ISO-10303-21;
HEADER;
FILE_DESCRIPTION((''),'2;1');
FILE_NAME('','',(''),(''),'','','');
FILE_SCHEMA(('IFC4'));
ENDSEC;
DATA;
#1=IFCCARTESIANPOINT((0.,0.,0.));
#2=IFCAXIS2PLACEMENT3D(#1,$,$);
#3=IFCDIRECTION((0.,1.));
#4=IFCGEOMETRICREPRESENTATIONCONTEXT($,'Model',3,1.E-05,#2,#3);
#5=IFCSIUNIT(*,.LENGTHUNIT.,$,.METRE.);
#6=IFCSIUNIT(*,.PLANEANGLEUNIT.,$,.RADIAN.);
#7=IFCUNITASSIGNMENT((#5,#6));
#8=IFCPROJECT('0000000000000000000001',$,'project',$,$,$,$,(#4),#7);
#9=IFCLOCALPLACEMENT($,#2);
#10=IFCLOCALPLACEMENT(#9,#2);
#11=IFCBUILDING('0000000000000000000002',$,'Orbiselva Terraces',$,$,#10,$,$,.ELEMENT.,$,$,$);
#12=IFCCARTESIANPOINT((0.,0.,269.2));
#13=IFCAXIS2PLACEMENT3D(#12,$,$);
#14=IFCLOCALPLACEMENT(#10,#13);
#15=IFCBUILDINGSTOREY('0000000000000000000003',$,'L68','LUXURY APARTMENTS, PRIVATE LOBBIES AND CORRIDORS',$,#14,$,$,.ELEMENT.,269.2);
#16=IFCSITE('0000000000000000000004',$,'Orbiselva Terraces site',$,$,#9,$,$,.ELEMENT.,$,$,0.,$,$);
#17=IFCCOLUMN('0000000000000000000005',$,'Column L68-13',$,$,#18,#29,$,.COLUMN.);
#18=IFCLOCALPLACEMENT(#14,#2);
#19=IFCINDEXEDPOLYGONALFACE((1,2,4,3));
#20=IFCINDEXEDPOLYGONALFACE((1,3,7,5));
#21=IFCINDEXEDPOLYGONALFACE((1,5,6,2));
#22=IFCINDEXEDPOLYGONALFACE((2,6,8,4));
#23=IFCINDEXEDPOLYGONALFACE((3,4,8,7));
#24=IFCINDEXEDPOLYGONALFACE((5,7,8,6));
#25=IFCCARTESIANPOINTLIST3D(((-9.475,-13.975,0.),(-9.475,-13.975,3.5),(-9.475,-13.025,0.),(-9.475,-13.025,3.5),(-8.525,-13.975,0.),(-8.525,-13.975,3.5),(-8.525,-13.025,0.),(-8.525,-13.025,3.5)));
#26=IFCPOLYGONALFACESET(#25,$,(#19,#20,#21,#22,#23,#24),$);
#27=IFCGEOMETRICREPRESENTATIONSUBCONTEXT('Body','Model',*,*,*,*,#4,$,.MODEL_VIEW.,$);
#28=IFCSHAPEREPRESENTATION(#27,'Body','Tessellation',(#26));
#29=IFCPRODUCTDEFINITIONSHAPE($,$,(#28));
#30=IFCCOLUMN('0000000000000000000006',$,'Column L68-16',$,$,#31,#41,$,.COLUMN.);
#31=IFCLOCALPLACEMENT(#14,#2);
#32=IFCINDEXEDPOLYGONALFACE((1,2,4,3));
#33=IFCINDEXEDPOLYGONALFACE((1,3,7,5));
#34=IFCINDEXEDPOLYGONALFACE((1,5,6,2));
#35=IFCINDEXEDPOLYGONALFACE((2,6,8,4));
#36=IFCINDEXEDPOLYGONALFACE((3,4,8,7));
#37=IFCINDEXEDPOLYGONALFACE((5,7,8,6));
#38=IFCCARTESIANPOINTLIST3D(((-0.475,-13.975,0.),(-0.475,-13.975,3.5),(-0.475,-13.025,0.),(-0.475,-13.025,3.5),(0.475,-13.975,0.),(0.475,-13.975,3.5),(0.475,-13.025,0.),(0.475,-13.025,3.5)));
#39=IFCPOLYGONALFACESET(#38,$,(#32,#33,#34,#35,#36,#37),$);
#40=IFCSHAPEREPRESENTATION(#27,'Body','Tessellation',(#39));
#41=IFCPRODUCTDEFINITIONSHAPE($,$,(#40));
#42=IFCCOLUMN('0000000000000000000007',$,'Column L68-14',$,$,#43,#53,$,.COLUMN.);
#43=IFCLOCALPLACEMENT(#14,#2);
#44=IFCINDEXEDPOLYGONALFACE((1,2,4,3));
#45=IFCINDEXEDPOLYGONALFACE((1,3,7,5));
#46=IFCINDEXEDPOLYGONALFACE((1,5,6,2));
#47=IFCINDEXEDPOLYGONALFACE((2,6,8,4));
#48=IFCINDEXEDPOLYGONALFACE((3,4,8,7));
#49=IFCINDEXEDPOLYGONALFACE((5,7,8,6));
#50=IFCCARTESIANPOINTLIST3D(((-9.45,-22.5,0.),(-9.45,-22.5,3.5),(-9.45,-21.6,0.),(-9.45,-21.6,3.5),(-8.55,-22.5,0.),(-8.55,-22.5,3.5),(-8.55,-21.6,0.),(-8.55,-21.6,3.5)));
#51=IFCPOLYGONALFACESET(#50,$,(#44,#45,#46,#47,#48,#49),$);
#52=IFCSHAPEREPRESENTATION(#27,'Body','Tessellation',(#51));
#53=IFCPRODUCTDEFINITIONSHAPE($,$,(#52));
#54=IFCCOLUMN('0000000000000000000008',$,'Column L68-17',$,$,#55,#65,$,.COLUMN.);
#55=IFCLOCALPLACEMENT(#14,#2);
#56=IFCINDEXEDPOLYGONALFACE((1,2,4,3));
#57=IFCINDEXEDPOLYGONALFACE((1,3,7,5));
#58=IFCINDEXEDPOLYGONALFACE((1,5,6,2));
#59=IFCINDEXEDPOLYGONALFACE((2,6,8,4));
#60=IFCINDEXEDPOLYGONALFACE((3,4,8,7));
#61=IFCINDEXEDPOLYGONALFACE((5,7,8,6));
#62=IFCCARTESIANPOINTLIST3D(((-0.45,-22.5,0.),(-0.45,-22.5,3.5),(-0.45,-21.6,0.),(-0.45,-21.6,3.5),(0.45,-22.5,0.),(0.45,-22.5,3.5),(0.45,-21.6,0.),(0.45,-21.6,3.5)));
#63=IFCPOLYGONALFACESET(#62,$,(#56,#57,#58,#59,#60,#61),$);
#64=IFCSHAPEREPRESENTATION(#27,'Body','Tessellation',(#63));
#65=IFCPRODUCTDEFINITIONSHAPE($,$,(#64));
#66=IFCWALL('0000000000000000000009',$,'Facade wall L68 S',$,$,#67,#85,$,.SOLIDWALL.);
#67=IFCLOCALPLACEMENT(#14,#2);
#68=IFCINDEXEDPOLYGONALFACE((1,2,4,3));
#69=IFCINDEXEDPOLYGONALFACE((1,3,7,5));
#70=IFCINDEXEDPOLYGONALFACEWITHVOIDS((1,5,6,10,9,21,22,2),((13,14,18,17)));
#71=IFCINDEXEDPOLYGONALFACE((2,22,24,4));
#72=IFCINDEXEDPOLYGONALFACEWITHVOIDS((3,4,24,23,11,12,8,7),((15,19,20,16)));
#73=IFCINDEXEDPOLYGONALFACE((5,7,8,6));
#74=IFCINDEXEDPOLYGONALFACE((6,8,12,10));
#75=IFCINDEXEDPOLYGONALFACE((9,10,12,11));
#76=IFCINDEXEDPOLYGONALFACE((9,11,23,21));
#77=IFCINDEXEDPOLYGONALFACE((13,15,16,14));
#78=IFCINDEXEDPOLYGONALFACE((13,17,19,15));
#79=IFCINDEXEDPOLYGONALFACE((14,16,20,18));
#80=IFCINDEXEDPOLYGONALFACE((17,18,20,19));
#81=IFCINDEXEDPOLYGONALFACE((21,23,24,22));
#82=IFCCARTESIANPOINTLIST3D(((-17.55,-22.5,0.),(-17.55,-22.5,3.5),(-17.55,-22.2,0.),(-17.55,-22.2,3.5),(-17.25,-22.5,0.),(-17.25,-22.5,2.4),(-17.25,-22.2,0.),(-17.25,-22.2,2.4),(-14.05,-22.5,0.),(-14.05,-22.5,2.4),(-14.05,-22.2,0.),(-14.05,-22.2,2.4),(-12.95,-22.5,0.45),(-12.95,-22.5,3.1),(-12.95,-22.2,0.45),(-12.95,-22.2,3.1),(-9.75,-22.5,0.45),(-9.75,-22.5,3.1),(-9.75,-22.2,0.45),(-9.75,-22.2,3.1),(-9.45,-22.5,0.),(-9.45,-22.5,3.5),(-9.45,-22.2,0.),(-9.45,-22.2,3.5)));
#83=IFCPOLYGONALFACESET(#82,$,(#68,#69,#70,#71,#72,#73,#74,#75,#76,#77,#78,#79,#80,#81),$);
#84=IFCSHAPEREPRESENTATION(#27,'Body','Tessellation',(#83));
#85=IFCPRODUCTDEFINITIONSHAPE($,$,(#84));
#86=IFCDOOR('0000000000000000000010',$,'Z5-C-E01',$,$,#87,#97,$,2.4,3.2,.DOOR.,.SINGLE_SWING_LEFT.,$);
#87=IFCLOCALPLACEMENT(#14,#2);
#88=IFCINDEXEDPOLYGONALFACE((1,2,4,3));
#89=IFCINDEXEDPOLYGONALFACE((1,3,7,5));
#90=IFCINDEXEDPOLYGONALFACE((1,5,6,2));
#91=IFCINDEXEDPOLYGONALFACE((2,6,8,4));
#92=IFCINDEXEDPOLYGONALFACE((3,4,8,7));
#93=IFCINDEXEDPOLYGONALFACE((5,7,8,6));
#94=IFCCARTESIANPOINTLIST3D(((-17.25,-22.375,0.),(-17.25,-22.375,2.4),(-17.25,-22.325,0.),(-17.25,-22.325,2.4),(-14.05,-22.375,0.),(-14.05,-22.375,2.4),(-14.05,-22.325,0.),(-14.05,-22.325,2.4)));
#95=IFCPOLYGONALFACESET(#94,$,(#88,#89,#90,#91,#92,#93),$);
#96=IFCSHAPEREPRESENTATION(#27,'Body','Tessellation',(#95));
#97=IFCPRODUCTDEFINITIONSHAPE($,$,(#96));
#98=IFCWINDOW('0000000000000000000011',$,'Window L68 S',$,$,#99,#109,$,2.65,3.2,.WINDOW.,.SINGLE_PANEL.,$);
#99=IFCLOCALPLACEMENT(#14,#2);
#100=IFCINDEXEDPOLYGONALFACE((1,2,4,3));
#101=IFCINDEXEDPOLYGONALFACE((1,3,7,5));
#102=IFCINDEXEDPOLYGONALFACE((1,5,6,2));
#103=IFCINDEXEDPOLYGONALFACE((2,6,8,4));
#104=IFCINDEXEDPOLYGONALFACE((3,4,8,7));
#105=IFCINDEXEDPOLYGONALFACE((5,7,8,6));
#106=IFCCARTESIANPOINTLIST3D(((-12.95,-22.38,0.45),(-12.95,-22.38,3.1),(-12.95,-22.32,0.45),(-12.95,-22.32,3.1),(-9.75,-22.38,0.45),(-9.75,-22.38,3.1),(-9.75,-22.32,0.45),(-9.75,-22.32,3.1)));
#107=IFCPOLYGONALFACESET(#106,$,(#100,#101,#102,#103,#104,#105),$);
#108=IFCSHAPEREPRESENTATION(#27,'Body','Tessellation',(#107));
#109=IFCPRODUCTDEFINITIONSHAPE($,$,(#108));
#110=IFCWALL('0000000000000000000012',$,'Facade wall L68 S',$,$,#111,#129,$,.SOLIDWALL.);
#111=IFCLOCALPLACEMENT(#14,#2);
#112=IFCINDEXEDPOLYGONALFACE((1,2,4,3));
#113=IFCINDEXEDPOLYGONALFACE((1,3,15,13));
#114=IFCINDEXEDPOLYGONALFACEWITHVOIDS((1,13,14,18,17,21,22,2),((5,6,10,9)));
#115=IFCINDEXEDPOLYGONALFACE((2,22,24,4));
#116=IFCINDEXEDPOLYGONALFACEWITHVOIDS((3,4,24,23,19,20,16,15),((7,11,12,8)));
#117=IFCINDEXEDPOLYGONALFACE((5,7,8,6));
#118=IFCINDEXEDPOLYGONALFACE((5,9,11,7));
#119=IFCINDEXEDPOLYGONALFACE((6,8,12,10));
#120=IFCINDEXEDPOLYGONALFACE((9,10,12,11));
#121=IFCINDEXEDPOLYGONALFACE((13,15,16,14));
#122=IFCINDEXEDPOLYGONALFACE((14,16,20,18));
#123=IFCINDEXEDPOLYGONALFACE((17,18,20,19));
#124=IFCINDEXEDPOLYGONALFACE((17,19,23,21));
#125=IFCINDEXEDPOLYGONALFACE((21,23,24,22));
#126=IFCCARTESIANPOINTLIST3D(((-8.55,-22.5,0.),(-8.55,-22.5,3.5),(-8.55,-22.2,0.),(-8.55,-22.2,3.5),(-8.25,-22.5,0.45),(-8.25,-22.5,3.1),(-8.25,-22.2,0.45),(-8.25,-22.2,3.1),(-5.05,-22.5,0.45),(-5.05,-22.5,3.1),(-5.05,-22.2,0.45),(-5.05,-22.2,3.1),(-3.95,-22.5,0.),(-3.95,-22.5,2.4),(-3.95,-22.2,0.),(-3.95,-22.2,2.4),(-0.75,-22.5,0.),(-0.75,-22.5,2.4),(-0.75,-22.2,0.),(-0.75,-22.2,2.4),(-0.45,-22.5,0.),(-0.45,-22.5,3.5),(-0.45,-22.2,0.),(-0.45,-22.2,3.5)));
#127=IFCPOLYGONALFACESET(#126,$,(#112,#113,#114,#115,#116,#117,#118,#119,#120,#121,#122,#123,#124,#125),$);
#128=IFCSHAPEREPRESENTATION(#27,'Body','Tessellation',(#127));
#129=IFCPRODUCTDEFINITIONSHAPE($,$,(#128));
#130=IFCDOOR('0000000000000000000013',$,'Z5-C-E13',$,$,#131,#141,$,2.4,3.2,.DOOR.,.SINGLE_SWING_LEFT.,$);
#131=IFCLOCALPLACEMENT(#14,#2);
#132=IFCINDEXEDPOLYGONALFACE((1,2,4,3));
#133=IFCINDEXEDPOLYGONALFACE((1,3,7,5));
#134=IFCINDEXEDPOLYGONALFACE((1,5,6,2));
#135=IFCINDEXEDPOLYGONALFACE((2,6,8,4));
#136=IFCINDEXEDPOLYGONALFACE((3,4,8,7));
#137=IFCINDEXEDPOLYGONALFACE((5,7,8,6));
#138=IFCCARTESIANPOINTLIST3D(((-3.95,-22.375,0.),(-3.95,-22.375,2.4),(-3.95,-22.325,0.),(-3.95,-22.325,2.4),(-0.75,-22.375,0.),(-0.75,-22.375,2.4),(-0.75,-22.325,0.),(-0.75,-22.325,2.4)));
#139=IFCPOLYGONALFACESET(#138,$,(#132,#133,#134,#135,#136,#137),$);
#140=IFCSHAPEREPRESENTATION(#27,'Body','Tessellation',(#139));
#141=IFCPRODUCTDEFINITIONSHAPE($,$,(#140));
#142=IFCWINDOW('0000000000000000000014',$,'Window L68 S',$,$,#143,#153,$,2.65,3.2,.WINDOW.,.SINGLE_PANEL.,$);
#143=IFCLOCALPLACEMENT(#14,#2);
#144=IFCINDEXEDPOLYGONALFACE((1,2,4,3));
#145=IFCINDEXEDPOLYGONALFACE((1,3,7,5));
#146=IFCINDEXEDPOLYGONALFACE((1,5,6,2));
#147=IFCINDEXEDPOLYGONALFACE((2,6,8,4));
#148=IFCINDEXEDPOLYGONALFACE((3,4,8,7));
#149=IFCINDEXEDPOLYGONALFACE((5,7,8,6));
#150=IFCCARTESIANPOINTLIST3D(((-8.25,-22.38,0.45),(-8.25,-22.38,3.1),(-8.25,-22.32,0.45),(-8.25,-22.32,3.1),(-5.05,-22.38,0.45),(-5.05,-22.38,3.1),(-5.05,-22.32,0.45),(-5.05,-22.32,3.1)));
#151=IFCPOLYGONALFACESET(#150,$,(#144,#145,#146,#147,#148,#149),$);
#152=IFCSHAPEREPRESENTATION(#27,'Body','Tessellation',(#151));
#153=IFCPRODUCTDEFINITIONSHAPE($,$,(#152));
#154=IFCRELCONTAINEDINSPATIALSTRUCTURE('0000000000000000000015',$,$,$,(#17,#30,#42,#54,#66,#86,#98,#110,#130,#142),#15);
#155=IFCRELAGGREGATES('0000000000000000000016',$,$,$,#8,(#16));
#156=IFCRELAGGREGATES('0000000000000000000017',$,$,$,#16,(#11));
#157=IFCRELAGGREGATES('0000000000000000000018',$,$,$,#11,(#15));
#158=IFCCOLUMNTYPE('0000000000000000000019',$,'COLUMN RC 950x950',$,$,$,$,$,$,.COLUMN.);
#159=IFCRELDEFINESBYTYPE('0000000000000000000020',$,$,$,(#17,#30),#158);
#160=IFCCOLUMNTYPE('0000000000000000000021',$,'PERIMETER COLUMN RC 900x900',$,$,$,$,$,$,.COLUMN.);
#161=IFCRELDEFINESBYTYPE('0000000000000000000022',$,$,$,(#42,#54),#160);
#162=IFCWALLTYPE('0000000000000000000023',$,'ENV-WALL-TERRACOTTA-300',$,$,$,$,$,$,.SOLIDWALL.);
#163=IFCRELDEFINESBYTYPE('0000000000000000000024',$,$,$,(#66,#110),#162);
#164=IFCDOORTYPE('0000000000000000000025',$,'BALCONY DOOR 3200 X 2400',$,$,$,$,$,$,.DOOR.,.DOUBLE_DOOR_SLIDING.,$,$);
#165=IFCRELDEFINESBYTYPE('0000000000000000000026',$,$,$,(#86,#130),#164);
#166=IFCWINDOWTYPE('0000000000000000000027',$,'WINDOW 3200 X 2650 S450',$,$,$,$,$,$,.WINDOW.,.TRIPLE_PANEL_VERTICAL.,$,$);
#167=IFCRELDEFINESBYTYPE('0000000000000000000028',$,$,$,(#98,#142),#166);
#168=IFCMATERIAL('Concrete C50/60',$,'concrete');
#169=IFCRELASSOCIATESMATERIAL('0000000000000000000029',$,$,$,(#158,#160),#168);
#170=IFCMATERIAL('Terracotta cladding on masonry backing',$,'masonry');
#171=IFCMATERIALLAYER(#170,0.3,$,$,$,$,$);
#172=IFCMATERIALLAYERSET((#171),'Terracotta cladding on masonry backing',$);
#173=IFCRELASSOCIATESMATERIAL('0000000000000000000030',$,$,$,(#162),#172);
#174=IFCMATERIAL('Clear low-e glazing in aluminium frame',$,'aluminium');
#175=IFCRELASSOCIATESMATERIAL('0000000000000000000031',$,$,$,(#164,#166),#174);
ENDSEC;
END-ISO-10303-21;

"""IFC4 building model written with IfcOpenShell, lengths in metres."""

from ifc_helpers import new_model, si_unit, direction, frame, frame_2d, origin, origin_2d, place, context, subcontext, project, spatial, rectangle, extrude, material, layer, layer_set, material_profile, profile_set, type_object, element, fill, save


model = new_model("IFC4")

# Units and contexts
model_context = context("Model", 3, precision=1e-05, world=origin(), true_north=direction((0.0, 1.0)))
body_context = subcontext(model_context, "Body", "Model", "MODEL_VIEW")
ifc_project = project(units=[si_unit("LENGTHUNIT", "METRE"), si_unit("PLANEANGLEUNIT", "RADIAN")], contexts=[model_context])

# Site, building, storey
site_placement = place(None, origin())
site = spatial("IfcSite", under=ifc_project, at=site_placement, Name="Orbiselva Terraces site", CompositionType="ELEMENT", RefElevation=0.0)
building_placement = place(site_placement, origin())
building = spatial("IfcBuilding", under=site, at=building_placement, Name="Orbiselva Terraces", CompositionType="ELEMENT")
storey_placement = place(building_placement, frame((0.0, 0.0, 269.2)))
storey = spatial("IfcBuildingStorey", under=building, at=storey_placement, Name="L68", Description="LUXURY APARTMENTS, PRIVATE LOBBIES AND CORRIDORS", CompositionType="ELEMENT", Elevation=269.2)

# Columns
ifc_material_1 = material(Name="Concrete C50/60", Category="concrete")
ifc_material_profile_1 = material_profile(ifc_material_1, rectangle(XDim=0.95, YDim=0.95, at=origin_2d()), Name="RC 950x950")
ifc_profile_set_1 = profile_set([ifc_material_profile_1], Name="Concrete C50/60")
column_type_1 = type_object("IfcColumnType", Name="COLUMN RC 950x950", PredefinedType="COLUMN", material=ifc_profile_set_1)
for number, where, z_axis, x_axis, name in (
    (1, (-9.0, -13.5, 0.0), (0.0, 0.0, 1.0), (1.0, 0.0, 0.0), "Column L68-13"),
    (2, (0.0, -13.5, 0.0), (0.0, 0.0, 1.0), (1.0, 0.0, 0.0), "Column L68-16"),
):
    element("IfcColumn", number, at=place(storey_placement, frame(where, z_axis=z_axis, x_axis=x_axis)), inside=storey, type_object=column_type_1, Name=name, PredefinedType="COLUMN", context=body_context, shape_type="SweptSolid", body=[
        extrude(rectangle(XDim=0.95, YDim=0.95, at=origin_2d()), origin(), (0.0, 0.0, 1.0), 3.5),
    ])
ifc_material_profile_2 = material_profile(ifc_material_1, rectangle(XDim=0.9, YDim=0.9, at=origin_2d()), Name="RC 900x900")
ifc_profile_set_2 = profile_set([ifc_material_profile_2], Name="Concrete C50/60")
column_type_2 = type_object("IfcColumnType", Name="PERIMETER COLUMN RC 900x900", PredefinedType="COLUMN", material=ifc_profile_set_2)
for number, where, z_axis, x_axis, name in (
    (3, (-9.0, -22.05, 0.0), (0.0, 0.0, 1.0), (1.0, 0.0, 0.0), "Column L68-14"),
    (4, (0.0, -22.05, 0.0), (0.0, 0.0, 1.0), (1.0, 0.0, 0.0), "Column L68-17"),
):
    element("IfcColumn", number, at=place(storey_placement, frame(where, z_axis=z_axis, x_axis=x_axis)), inside=storey, type_object=column_type_2, Name=name, PredefinedType="COLUMN", context=body_context, shape_type="SweptSolid", body=[
        extrude(rectangle(XDim=0.9, YDim=0.9, at=origin_2d()), origin(), (0.0, 0.0, 1.0), 3.5),
    ])

# Walls, openings, doors, windows
ifc_material_2 = material(Name="Terracotta cladding on masonry backing", Category="masonry")
ifc_layer_1 = layer(ifc_material_2, 0.3)
ifc_layer_set_1 = layer_set([ifc_layer_1], Name="Terracotta cladding on masonry backing")
wall_type_1 = type_object("IfcWallType", Name="ENV-WALL-TERRACOTTA-300", PredefinedType="SOLIDWALL", material=ifc_layer_set_1)
wall_1_placement = place(storey_placement, frame((-9.45, -22.35, 0.0), z_axis=(0.0, 0.0, 1.0), x_axis=(-1.0, 0.0, 0.0)))
wall_1 = element("IfcWall", 5, at=wall_1_placement, inside=storey, type_object=wall_type_1, Name="Facade wall L68 S", PredefinedType="SOLIDWALL", context=body_context, shape_type="SweptSolid", body=[
    extrude(rectangle(XDim=8.1, YDim=0.3, at=frame_2d((4.05, 0.0))), origin(), (0.0, 0.0, 1.0), 3.5),
])
opening_1_placement = place(wall_1_placement, frame((4.6, 0.0, 0.0)))
opening_1 = element("IfcOpeningElement", 6, at=opening_1_placement, cuts=wall_1, PredefinedType="OPENING", context=body_context, shape_type="SweptSolid", body=[
    extrude(rectangle(XDim=3.2, YDim=2.4, at=frame_2d((1.6, 1.2))), frame((0.0, 0.16, 0.0), z_axis=(0.0, -1.0, 0.0), x_axis=(1.0, 0.0, 0.0)), (0.0, 0.0, 1.0), 0.32),
])
opening_2_placement = place(wall_1_placement, frame((0.3, 0.0, 0.45)))
opening_2 = element("IfcOpeningElement", 7, at=opening_2_placement, cuts=wall_1, PredefinedType="OPENING", context=body_context, shape_type="SweptSolid", body=[
    extrude(rectangle(XDim=3.2, YDim=2.65, at=frame_2d((1.6, 1.325))), frame((0.0, 0.16, 0.0), z_axis=(0.0, -1.0, 0.0), x_axis=(1.0, 0.0, 0.0)), (0.0, 0.0, 1.0), 0.32),
])
ifc_material_3 = material(Name="Clear low-e glazing in aluminium frame", Category="aluminium")
door_type_1 = type_object("IfcDoorType", Name="BALCONY DOOR 3200 X 2400", OperationType="DOUBLE_DOOR_SLIDING", PredefinedType="DOOR", material=ifc_material_3)
door_1_placement = place(opening_1_placement, origin())
door_1 = element("IfcDoor", 8, at=door_1_placement, inside=storey, type_object=door_type_1, Name="Z5-C-E01", OperationType="SINGLE_SWING_LEFT", OverallHeight=2.4, OverallWidth=3.2, PredefinedType="DOOR", context=body_context, shape_type="SweptSolid", body=[
    extrude(rectangle(XDim=3.2, YDim=2.4, at=frame_2d((1.6, 1.2))), frame((0.0, 0.025, 0.0), z_axis=(0.0, -1.0, 0.0), x_axis=(1.0, 0.0, 0.0)), (0.0, 0.0, 1.0), 0.05),
])
fill(opening_1, door_1)
window_type = type_object("IfcWindowType", Name="WINDOW 3200 X 2650 S450", PartitioningType="TRIPLE_PANEL_VERTICAL", PredefinedType="WINDOW", material=ifc_material_3)
window_1_placement = place(opening_2_placement, origin())
window_1 = element("IfcWindow", 9, at=window_1_placement, inside=storey, type_object=window_type, Name="Window L68 S", OverallHeight=2.65, OverallWidth=3.2, PartitioningType="SINGLE_PANEL", PredefinedType="WINDOW", context=body_context, shape_type="SweptSolid", body=[
    extrude(rectangle(XDim=3.2, YDim=2.65, at=frame_2d((1.6, 1.325))), frame((0.0, 0.03, 0.0), z_axis=(0.0, -1.0, 0.0), x_axis=(1.0, 0.0, 0.0)), (0.0, 0.0, 1.0), 0.06),
])
fill(opening_2, window_1)
wall_2_placement = place(storey_placement, frame((-0.45, -22.35, 0.0), z_axis=(0.0, 0.0, 1.0), x_axis=(-1.0, 0.0, 0.0)))
wall_2 = element("IfcWall", 10, at=wall_2_placement, inside=storey, type_object=wall_type_1, Name="Facade wall L68 S", PredefinedType="SOLIDWALL", context=body_context, shape_type="SweptSolid", body=[
    extrude(rectangle(XDim=8.1, YDim=0.3, at=frame_2d((4.05, 0.0))), origin(), (0.0, 0.0, 1.0), 3.5),
])
opening_3_placement = place(wall_2_placement, frame((4.6, 0.0, 0.45)))
opening_3 = element("IfcOpeningElement", 11, at=opening_3_placement, cuts=wall_2, PredefinedType="OPENING", context=body_context, shape_type="SweptSolid", body=[
    extrude(rectangle(XDim=3.2, YDim=2.65, at=frame_2d((1.6, 1.325))), frame((0.0, 0.16, 0.0), z_axis=(0.0, -1.0, 0.0), x_axis=(1.0, 0.0, 0.0)), (0.0, 0.0, 1.0), 0.32),
])
opening_4_placement = place(wall_2_placement, frame((0.3, 0.0, 0.0)))
opening_4 = element("IfcOpeningElement", 12, at=opening_4_placement, cuts=wall_2, PredefinedType="OPENING", context=body_context, shape_type="SweptSolid", body=[
    extrude(rectangle(XDim=3.2, YDim=2.4, at=frame_2d((1.6, 1.2))), frame((0.0, 0.16, 0.0), z_axis=(0.0, -1.0, 0.0), x_axis=(1.0, 0.0, 0.0)), (0.0, 0.0, 1.0), 0.32),
])
door_2_placement = place(opening_4_placement, origin())
door_2 = element("IfcDoor", 13, at=door_2_placement, inside=storey, type_object=door_type_1, Name="Z5-C-E13", OperationType="SINGLE_SWING_LEFT", OverallHeight=2.4, OverallWidth=3.2, PredefinedType="DOOR", context=body_context, shape_type="SweptSolid", body=[
    extrude(rectangle(XDim=3.2, YDim=2.4, at=frame_2d((1.6, 1.2))), frame((0.0, 0.025, 0.0), z_axis=(0.0, -1.0, 0.0), x_axis=(1.0, 0.0, 0.0)), (0.0, 0.0, 1.0), 0.05),
])
fill(opening_4, door_2)
window_2_placement = place(opening_3_placement, origin())
window_2 = element("IfcWindow", 14, at=window_2_placement, inside=storey, type_object=window_type, Name="Window L68 S", OverallHeight=2.65, OverallWidth=3.2, PartitioningType="SINGLE_PANEL", PredefinedType="WINDOW", context=body_context, shape_type="SweptSolid", body=[
    extrude(rectangle(XDim=3.2, YDim=2.65, at=frame_2d((1.6, 1.325))), frame((0.0, 0.03, 0.0), z_axis=(0.0, -1.0, 0.0), x_axis=(1.0, 0.0, 0.0)), (0.0, 0.0, 1.0), 0.06),
])
fill(opening_3, window_2)

save(model, "model.ifc")
